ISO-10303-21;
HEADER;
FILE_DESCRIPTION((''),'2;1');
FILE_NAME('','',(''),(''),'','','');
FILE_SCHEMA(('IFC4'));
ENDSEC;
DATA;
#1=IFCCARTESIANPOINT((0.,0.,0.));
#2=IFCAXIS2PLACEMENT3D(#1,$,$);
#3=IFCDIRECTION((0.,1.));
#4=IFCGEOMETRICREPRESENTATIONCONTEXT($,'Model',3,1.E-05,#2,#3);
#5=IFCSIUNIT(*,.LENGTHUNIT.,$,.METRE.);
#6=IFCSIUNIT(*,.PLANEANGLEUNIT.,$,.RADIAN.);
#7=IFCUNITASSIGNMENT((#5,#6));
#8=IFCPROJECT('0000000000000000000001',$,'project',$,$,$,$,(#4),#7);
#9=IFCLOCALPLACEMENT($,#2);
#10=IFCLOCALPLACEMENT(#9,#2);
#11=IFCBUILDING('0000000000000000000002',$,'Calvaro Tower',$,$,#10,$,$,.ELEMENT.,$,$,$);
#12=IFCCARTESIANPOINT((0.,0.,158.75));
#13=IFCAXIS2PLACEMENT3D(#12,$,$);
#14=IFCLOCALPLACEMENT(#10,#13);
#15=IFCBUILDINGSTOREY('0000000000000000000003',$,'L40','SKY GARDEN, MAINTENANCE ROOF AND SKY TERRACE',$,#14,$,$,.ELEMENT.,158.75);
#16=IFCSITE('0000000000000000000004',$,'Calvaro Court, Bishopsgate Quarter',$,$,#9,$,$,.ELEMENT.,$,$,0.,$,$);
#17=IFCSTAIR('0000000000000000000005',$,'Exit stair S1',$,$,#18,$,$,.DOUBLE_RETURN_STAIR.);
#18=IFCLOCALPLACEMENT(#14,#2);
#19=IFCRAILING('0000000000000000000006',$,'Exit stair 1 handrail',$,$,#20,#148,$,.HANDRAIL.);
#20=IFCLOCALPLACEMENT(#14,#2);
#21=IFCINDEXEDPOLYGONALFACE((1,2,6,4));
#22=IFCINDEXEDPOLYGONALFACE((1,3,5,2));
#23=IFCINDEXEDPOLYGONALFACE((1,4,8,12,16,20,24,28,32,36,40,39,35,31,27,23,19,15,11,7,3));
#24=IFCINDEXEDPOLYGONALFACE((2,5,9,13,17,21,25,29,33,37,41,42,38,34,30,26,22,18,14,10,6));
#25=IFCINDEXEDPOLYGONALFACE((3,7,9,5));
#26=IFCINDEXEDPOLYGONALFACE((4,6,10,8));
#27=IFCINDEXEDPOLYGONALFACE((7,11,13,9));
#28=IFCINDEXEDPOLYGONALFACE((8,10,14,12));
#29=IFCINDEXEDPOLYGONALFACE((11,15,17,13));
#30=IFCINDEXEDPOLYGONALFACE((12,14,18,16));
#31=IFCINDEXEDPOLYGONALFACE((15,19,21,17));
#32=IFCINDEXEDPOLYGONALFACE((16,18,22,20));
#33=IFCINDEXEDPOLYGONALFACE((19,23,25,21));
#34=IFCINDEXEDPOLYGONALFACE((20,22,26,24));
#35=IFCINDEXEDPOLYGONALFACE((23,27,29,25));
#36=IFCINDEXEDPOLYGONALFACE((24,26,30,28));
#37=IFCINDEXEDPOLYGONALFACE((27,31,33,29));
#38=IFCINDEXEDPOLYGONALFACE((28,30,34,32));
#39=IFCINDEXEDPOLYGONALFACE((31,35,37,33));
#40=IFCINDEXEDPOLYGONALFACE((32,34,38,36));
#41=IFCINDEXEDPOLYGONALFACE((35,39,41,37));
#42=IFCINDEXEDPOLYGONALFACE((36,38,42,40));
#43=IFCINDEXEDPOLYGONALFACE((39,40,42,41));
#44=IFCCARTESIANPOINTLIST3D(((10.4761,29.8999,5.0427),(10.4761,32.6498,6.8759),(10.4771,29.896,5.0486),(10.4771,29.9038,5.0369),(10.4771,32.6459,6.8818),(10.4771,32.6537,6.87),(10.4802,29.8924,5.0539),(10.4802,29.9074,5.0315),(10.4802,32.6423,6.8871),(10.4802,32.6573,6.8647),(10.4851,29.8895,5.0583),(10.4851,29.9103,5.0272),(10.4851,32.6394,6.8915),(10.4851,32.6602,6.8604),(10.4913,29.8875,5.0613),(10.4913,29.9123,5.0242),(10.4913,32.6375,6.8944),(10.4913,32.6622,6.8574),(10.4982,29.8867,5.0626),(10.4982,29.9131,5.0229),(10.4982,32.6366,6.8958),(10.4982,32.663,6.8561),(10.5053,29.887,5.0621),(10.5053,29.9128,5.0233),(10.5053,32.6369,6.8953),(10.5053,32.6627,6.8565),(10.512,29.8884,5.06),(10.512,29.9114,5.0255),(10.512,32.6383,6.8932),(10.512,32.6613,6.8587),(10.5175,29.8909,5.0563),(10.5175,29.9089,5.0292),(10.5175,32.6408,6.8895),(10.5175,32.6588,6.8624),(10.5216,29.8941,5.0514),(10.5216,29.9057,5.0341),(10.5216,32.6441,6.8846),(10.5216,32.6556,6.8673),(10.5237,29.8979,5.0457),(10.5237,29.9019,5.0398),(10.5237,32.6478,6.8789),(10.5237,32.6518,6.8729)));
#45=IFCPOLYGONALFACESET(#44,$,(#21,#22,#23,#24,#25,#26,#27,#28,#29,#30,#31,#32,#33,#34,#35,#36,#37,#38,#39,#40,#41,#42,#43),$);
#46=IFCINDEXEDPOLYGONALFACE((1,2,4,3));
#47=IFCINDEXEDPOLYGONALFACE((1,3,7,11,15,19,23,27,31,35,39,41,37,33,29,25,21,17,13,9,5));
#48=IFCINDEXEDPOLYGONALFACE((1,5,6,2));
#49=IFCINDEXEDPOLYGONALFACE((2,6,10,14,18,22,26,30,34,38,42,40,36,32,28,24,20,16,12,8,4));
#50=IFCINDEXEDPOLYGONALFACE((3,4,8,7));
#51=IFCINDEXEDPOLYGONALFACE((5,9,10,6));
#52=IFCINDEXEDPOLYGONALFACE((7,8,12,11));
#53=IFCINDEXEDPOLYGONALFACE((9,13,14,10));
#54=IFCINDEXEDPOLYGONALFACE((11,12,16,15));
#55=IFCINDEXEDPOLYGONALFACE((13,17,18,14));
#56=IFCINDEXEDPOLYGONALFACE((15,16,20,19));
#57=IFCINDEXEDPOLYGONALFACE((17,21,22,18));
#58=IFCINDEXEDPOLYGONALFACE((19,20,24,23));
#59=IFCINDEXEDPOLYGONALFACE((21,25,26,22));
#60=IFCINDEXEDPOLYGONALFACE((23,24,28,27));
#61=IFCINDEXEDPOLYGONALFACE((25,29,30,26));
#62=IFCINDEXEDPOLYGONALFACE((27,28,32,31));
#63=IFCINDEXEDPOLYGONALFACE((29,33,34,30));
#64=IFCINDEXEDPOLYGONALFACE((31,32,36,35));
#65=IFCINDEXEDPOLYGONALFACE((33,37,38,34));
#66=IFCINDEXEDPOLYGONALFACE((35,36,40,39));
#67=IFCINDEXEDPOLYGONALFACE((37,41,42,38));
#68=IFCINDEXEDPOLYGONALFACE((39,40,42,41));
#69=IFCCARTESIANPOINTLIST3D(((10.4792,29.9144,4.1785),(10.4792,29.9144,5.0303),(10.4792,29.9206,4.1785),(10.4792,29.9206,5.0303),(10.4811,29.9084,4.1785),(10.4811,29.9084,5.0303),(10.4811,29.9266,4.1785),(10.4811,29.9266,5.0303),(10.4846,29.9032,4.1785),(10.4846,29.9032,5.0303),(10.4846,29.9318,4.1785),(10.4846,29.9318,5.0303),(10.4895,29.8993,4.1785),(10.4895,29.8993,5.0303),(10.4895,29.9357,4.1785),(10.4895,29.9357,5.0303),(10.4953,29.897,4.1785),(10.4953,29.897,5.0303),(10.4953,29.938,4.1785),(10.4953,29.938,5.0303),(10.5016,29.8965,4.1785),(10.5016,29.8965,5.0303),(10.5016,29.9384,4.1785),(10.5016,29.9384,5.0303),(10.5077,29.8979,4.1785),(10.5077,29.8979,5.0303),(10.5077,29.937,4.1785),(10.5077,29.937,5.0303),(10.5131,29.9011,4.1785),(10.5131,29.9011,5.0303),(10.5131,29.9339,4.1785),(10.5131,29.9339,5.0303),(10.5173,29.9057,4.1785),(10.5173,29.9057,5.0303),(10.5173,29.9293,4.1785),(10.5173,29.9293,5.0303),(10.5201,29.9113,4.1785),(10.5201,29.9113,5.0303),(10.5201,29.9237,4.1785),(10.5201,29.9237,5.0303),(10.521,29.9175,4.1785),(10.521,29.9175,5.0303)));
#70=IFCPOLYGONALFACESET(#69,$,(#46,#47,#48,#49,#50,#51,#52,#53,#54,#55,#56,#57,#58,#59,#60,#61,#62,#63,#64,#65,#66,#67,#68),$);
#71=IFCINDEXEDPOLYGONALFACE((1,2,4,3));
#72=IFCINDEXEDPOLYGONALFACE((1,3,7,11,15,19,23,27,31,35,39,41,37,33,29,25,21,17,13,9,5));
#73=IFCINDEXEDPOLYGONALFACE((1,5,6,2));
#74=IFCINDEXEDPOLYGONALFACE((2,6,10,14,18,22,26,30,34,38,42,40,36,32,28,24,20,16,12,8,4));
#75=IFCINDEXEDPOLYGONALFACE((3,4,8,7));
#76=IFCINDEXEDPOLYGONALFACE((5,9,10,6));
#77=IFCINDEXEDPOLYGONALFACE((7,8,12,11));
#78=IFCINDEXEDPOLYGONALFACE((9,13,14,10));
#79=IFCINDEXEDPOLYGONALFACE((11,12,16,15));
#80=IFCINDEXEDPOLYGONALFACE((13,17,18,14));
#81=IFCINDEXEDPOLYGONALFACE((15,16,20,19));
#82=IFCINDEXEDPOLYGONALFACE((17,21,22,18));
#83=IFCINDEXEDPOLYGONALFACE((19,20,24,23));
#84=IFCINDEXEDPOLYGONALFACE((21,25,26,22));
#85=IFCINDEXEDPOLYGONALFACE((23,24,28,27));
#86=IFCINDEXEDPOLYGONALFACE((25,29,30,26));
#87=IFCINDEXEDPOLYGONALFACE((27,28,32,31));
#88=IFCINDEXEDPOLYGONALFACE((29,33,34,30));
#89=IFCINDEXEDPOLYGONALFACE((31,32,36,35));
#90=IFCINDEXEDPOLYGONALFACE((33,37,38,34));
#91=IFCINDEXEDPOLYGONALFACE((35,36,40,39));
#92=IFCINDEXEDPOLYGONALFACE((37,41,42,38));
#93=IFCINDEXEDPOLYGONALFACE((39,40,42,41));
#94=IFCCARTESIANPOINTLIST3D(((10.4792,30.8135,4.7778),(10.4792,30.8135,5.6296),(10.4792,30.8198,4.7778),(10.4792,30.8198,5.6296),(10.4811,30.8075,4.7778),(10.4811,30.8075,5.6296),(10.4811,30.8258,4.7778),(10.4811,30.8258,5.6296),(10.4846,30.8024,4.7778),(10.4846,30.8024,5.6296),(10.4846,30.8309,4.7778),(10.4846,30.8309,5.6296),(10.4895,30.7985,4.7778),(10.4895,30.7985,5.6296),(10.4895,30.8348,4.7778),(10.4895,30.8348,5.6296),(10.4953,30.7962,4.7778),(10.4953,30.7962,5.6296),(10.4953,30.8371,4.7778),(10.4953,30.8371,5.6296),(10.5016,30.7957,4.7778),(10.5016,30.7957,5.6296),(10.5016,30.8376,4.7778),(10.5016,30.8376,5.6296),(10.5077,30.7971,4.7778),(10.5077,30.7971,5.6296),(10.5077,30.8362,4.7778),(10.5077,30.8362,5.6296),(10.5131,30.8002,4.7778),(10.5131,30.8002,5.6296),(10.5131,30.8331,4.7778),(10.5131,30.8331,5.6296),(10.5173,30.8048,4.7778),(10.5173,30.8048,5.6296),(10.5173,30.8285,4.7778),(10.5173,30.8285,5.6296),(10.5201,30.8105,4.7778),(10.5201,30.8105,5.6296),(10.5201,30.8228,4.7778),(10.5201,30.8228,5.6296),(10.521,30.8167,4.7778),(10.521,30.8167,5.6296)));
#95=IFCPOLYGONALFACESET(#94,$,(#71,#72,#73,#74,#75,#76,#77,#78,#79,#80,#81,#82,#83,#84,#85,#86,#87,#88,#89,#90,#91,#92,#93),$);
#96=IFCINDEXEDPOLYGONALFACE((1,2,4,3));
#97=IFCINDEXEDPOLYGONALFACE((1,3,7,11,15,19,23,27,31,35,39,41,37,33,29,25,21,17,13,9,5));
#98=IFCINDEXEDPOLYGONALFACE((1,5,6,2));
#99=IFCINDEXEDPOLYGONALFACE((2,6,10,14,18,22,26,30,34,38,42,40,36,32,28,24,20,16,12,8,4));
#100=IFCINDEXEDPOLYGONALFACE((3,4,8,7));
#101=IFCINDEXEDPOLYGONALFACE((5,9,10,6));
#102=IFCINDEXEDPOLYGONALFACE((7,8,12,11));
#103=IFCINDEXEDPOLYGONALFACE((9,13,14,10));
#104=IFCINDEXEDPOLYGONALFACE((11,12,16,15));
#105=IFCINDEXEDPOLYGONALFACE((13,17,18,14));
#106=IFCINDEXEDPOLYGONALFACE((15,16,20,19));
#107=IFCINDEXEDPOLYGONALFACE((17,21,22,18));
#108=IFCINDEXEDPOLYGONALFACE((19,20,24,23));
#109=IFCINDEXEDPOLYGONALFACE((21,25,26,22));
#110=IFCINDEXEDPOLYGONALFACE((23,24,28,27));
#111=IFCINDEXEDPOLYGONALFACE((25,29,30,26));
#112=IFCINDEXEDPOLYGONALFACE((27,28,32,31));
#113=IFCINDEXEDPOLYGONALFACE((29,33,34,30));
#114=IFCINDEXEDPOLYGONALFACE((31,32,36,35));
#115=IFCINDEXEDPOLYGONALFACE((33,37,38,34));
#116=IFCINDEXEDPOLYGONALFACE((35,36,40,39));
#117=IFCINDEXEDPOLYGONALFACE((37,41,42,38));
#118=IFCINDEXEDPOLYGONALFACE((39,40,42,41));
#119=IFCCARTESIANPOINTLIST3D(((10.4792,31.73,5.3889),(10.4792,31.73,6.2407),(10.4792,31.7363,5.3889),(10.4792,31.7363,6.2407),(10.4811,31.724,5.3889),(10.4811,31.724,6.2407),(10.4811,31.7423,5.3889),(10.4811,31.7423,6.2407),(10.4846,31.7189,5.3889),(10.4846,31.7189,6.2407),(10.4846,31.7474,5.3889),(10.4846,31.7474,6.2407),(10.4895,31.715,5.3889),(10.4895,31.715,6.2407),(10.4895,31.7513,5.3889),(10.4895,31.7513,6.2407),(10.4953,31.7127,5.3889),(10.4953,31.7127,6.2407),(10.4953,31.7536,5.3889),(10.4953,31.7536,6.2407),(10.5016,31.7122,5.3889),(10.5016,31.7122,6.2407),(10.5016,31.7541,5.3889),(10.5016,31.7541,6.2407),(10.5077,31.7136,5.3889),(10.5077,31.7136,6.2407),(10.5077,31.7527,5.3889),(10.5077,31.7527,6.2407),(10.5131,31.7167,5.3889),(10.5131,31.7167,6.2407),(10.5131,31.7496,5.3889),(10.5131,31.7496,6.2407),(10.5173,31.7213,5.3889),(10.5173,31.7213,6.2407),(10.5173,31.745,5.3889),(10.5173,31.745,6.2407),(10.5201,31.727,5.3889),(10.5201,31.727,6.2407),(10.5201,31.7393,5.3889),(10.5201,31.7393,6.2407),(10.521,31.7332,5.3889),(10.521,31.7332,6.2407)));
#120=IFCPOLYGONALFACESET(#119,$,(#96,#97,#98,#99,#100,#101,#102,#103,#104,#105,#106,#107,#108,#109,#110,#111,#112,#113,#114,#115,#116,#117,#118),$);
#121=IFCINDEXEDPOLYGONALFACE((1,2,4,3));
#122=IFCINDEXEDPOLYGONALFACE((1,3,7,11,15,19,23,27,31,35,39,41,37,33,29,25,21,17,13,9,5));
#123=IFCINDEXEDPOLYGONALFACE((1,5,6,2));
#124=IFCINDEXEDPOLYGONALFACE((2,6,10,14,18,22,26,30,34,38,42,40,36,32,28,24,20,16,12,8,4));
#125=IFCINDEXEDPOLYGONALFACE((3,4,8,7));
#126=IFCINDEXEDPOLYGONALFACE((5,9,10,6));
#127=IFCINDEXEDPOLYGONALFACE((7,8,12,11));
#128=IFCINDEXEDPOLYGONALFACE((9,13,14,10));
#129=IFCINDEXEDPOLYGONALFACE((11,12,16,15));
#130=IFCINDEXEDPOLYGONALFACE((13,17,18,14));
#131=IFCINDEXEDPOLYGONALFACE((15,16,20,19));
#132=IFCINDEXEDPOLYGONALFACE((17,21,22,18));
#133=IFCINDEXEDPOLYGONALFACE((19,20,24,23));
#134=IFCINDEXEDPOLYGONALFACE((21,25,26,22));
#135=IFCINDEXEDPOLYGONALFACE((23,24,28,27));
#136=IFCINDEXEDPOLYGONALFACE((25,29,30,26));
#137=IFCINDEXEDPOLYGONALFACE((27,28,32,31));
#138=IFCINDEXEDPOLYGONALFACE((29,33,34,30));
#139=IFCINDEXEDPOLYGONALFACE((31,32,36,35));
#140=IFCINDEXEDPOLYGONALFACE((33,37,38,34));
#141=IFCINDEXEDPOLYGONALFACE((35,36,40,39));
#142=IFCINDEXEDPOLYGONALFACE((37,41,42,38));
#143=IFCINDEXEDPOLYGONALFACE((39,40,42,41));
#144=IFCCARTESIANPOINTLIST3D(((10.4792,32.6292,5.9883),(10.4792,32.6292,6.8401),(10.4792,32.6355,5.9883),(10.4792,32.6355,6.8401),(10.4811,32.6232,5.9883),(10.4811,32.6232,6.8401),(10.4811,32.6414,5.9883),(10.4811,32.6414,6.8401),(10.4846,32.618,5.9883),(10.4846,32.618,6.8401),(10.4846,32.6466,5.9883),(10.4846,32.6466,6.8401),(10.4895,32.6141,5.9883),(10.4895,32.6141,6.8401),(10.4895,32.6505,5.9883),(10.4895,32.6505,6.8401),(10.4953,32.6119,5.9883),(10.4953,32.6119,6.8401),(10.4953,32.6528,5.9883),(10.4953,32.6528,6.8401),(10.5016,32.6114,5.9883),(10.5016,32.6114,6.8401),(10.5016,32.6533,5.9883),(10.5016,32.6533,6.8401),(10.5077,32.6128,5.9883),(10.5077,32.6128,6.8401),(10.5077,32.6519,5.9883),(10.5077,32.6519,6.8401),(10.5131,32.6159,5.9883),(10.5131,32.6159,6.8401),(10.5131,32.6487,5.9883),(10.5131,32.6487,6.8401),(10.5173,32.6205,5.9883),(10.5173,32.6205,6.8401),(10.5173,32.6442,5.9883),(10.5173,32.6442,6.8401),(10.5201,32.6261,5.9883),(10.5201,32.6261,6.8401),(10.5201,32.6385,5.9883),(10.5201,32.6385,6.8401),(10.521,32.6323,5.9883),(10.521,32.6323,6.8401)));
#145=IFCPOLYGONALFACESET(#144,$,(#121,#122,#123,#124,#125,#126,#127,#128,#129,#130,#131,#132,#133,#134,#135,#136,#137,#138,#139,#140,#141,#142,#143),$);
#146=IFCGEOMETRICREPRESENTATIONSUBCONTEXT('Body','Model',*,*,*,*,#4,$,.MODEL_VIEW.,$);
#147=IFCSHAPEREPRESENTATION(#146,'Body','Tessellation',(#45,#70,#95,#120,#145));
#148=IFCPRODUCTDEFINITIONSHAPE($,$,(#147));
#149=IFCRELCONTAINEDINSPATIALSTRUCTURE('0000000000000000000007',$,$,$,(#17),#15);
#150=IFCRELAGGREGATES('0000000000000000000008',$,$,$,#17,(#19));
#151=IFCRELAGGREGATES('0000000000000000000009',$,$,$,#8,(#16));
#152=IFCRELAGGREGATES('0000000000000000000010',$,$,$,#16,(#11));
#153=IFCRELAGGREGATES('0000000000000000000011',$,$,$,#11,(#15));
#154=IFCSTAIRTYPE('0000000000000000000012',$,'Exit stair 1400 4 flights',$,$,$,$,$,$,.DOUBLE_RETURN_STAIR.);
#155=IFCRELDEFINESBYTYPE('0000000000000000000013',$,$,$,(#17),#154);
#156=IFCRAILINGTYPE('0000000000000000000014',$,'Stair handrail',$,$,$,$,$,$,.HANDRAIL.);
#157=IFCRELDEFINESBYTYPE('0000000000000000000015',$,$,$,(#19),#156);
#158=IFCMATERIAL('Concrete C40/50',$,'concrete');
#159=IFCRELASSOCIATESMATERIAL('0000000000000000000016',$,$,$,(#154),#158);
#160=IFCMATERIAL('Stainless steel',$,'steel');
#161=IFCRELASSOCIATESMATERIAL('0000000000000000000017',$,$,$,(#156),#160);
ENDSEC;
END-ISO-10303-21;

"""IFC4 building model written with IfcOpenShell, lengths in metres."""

from ifc_helpers import new_model, si_unit, direction, frame, origin, origin_2d, place, context, subcontext, project, spatial, circle, extrude, material, type_object, element, aggregate, save


model = new_model("IFC4")

# Units and contexts
model_context = context("Model", 3, precision=1e-05, world=origin(), true_north=direction((0.0, 1.0)))
body_context = subcontext(model_context, "Body", "Model", "MODEL_VIEW")
ifc_project = project(units=[si_unit("LENGTHUNIT", "METRE"), si_unit("PLANEANGLEUNIT", "RADIAN")], contexts=[model_context])

# Site, building, storey
site_placement = place(None, origin())
site = spatial("IfcSite", under=ifc_project, at=site_placement, Name="Calvaro Court, Bishopsgate Quarter", CompositionType="ELEMENT", RefElevation=0.0)
building_placement = place(site_placement, origin())
building = spatial("IfcBuilding", under=site, at=building_placement, Name="Calvaro Tower", CompositionType="ELEMENT")
storey_placement = place(building_placement, frame((0.0, 0.0, 158.75)))
storey = spatial("IfcBuildingStorey", under=building, at=storey_placement, Name="L40", Description="SKY GARDEN, MAINTENANCE ROOF AND SKY TERRACE", CompositionType="ELEMENT", Elevation=158.75)

# Stair, railing
ifc_material_1 = material(Name="Concrete C40/50", Category="concrete")
stair_type = type_object("IfcStairType", Name="Exit stair 1400 4 flights", PredefinedType="DOUBLE_RETURN_STAIR", material=ifc_material_1)
stair_placement = place(storey_placement, origin())
stair = element("IfcStair", 1, at=stair_placement, inside=storey, type_object=stair_type, Name="Exit stair S1", PredefinedType="DOUBLE_RETURN_STAIR")
ifc_material_2 = material(Name="Stainless steel", Category="steel")
railing_type = type_object("IfcRailingType", Name="Stair handrail", PredefinedType="HANDRAIL", material=ifc_material_2)
railing_1_placement = place(storey_placement, frame((10.5, 29.8999, 4.1667)))
railing_1 = element("IfcRailing", 2, at=railing_1_placement, type_object=railing_type, Name="Exit stair 1 handrail", PredefinedType="HANDRAIL", context=body_context, shape_type="SweptSolid", body=[
    extrude(circle(Radius=0.0239, at=origin_2d()), frame((0.0, 0.0, 0.876), z_axis=(0.0, 0.832062, 0.554683), x_axis=(-1.0, 0.0, 0.0)), (0.0, 0.0, 1.0), 3.3049),
    extrude(circle(Radius=0.021, at=origin_2d()), frame((0.0, 0.0176, 0.0117)), (0.0, 0.0, 1.0), 0.8518),
    extrude(circle(Radius=0.021, at=origin_2d()), frame((0.0, 0.9167, 0.6111)), (0.0, 0.0, 1.0), 0.8518),
    extrude(circle(Radius=0.021, at=origin_2d()), frame((0.0, 1.8333, 1.2222)), (0.0, 0.0, 1.0), 0.8518),
    extrude(circle(Radius=0.021, at=origin_2d()), frame((0.0, 2.7324, 1.8215)), (0.0, 0.0, 1.0), 0.8518),
])
aggregate(stair, [railing_1])

save(model, "model.ifc")
